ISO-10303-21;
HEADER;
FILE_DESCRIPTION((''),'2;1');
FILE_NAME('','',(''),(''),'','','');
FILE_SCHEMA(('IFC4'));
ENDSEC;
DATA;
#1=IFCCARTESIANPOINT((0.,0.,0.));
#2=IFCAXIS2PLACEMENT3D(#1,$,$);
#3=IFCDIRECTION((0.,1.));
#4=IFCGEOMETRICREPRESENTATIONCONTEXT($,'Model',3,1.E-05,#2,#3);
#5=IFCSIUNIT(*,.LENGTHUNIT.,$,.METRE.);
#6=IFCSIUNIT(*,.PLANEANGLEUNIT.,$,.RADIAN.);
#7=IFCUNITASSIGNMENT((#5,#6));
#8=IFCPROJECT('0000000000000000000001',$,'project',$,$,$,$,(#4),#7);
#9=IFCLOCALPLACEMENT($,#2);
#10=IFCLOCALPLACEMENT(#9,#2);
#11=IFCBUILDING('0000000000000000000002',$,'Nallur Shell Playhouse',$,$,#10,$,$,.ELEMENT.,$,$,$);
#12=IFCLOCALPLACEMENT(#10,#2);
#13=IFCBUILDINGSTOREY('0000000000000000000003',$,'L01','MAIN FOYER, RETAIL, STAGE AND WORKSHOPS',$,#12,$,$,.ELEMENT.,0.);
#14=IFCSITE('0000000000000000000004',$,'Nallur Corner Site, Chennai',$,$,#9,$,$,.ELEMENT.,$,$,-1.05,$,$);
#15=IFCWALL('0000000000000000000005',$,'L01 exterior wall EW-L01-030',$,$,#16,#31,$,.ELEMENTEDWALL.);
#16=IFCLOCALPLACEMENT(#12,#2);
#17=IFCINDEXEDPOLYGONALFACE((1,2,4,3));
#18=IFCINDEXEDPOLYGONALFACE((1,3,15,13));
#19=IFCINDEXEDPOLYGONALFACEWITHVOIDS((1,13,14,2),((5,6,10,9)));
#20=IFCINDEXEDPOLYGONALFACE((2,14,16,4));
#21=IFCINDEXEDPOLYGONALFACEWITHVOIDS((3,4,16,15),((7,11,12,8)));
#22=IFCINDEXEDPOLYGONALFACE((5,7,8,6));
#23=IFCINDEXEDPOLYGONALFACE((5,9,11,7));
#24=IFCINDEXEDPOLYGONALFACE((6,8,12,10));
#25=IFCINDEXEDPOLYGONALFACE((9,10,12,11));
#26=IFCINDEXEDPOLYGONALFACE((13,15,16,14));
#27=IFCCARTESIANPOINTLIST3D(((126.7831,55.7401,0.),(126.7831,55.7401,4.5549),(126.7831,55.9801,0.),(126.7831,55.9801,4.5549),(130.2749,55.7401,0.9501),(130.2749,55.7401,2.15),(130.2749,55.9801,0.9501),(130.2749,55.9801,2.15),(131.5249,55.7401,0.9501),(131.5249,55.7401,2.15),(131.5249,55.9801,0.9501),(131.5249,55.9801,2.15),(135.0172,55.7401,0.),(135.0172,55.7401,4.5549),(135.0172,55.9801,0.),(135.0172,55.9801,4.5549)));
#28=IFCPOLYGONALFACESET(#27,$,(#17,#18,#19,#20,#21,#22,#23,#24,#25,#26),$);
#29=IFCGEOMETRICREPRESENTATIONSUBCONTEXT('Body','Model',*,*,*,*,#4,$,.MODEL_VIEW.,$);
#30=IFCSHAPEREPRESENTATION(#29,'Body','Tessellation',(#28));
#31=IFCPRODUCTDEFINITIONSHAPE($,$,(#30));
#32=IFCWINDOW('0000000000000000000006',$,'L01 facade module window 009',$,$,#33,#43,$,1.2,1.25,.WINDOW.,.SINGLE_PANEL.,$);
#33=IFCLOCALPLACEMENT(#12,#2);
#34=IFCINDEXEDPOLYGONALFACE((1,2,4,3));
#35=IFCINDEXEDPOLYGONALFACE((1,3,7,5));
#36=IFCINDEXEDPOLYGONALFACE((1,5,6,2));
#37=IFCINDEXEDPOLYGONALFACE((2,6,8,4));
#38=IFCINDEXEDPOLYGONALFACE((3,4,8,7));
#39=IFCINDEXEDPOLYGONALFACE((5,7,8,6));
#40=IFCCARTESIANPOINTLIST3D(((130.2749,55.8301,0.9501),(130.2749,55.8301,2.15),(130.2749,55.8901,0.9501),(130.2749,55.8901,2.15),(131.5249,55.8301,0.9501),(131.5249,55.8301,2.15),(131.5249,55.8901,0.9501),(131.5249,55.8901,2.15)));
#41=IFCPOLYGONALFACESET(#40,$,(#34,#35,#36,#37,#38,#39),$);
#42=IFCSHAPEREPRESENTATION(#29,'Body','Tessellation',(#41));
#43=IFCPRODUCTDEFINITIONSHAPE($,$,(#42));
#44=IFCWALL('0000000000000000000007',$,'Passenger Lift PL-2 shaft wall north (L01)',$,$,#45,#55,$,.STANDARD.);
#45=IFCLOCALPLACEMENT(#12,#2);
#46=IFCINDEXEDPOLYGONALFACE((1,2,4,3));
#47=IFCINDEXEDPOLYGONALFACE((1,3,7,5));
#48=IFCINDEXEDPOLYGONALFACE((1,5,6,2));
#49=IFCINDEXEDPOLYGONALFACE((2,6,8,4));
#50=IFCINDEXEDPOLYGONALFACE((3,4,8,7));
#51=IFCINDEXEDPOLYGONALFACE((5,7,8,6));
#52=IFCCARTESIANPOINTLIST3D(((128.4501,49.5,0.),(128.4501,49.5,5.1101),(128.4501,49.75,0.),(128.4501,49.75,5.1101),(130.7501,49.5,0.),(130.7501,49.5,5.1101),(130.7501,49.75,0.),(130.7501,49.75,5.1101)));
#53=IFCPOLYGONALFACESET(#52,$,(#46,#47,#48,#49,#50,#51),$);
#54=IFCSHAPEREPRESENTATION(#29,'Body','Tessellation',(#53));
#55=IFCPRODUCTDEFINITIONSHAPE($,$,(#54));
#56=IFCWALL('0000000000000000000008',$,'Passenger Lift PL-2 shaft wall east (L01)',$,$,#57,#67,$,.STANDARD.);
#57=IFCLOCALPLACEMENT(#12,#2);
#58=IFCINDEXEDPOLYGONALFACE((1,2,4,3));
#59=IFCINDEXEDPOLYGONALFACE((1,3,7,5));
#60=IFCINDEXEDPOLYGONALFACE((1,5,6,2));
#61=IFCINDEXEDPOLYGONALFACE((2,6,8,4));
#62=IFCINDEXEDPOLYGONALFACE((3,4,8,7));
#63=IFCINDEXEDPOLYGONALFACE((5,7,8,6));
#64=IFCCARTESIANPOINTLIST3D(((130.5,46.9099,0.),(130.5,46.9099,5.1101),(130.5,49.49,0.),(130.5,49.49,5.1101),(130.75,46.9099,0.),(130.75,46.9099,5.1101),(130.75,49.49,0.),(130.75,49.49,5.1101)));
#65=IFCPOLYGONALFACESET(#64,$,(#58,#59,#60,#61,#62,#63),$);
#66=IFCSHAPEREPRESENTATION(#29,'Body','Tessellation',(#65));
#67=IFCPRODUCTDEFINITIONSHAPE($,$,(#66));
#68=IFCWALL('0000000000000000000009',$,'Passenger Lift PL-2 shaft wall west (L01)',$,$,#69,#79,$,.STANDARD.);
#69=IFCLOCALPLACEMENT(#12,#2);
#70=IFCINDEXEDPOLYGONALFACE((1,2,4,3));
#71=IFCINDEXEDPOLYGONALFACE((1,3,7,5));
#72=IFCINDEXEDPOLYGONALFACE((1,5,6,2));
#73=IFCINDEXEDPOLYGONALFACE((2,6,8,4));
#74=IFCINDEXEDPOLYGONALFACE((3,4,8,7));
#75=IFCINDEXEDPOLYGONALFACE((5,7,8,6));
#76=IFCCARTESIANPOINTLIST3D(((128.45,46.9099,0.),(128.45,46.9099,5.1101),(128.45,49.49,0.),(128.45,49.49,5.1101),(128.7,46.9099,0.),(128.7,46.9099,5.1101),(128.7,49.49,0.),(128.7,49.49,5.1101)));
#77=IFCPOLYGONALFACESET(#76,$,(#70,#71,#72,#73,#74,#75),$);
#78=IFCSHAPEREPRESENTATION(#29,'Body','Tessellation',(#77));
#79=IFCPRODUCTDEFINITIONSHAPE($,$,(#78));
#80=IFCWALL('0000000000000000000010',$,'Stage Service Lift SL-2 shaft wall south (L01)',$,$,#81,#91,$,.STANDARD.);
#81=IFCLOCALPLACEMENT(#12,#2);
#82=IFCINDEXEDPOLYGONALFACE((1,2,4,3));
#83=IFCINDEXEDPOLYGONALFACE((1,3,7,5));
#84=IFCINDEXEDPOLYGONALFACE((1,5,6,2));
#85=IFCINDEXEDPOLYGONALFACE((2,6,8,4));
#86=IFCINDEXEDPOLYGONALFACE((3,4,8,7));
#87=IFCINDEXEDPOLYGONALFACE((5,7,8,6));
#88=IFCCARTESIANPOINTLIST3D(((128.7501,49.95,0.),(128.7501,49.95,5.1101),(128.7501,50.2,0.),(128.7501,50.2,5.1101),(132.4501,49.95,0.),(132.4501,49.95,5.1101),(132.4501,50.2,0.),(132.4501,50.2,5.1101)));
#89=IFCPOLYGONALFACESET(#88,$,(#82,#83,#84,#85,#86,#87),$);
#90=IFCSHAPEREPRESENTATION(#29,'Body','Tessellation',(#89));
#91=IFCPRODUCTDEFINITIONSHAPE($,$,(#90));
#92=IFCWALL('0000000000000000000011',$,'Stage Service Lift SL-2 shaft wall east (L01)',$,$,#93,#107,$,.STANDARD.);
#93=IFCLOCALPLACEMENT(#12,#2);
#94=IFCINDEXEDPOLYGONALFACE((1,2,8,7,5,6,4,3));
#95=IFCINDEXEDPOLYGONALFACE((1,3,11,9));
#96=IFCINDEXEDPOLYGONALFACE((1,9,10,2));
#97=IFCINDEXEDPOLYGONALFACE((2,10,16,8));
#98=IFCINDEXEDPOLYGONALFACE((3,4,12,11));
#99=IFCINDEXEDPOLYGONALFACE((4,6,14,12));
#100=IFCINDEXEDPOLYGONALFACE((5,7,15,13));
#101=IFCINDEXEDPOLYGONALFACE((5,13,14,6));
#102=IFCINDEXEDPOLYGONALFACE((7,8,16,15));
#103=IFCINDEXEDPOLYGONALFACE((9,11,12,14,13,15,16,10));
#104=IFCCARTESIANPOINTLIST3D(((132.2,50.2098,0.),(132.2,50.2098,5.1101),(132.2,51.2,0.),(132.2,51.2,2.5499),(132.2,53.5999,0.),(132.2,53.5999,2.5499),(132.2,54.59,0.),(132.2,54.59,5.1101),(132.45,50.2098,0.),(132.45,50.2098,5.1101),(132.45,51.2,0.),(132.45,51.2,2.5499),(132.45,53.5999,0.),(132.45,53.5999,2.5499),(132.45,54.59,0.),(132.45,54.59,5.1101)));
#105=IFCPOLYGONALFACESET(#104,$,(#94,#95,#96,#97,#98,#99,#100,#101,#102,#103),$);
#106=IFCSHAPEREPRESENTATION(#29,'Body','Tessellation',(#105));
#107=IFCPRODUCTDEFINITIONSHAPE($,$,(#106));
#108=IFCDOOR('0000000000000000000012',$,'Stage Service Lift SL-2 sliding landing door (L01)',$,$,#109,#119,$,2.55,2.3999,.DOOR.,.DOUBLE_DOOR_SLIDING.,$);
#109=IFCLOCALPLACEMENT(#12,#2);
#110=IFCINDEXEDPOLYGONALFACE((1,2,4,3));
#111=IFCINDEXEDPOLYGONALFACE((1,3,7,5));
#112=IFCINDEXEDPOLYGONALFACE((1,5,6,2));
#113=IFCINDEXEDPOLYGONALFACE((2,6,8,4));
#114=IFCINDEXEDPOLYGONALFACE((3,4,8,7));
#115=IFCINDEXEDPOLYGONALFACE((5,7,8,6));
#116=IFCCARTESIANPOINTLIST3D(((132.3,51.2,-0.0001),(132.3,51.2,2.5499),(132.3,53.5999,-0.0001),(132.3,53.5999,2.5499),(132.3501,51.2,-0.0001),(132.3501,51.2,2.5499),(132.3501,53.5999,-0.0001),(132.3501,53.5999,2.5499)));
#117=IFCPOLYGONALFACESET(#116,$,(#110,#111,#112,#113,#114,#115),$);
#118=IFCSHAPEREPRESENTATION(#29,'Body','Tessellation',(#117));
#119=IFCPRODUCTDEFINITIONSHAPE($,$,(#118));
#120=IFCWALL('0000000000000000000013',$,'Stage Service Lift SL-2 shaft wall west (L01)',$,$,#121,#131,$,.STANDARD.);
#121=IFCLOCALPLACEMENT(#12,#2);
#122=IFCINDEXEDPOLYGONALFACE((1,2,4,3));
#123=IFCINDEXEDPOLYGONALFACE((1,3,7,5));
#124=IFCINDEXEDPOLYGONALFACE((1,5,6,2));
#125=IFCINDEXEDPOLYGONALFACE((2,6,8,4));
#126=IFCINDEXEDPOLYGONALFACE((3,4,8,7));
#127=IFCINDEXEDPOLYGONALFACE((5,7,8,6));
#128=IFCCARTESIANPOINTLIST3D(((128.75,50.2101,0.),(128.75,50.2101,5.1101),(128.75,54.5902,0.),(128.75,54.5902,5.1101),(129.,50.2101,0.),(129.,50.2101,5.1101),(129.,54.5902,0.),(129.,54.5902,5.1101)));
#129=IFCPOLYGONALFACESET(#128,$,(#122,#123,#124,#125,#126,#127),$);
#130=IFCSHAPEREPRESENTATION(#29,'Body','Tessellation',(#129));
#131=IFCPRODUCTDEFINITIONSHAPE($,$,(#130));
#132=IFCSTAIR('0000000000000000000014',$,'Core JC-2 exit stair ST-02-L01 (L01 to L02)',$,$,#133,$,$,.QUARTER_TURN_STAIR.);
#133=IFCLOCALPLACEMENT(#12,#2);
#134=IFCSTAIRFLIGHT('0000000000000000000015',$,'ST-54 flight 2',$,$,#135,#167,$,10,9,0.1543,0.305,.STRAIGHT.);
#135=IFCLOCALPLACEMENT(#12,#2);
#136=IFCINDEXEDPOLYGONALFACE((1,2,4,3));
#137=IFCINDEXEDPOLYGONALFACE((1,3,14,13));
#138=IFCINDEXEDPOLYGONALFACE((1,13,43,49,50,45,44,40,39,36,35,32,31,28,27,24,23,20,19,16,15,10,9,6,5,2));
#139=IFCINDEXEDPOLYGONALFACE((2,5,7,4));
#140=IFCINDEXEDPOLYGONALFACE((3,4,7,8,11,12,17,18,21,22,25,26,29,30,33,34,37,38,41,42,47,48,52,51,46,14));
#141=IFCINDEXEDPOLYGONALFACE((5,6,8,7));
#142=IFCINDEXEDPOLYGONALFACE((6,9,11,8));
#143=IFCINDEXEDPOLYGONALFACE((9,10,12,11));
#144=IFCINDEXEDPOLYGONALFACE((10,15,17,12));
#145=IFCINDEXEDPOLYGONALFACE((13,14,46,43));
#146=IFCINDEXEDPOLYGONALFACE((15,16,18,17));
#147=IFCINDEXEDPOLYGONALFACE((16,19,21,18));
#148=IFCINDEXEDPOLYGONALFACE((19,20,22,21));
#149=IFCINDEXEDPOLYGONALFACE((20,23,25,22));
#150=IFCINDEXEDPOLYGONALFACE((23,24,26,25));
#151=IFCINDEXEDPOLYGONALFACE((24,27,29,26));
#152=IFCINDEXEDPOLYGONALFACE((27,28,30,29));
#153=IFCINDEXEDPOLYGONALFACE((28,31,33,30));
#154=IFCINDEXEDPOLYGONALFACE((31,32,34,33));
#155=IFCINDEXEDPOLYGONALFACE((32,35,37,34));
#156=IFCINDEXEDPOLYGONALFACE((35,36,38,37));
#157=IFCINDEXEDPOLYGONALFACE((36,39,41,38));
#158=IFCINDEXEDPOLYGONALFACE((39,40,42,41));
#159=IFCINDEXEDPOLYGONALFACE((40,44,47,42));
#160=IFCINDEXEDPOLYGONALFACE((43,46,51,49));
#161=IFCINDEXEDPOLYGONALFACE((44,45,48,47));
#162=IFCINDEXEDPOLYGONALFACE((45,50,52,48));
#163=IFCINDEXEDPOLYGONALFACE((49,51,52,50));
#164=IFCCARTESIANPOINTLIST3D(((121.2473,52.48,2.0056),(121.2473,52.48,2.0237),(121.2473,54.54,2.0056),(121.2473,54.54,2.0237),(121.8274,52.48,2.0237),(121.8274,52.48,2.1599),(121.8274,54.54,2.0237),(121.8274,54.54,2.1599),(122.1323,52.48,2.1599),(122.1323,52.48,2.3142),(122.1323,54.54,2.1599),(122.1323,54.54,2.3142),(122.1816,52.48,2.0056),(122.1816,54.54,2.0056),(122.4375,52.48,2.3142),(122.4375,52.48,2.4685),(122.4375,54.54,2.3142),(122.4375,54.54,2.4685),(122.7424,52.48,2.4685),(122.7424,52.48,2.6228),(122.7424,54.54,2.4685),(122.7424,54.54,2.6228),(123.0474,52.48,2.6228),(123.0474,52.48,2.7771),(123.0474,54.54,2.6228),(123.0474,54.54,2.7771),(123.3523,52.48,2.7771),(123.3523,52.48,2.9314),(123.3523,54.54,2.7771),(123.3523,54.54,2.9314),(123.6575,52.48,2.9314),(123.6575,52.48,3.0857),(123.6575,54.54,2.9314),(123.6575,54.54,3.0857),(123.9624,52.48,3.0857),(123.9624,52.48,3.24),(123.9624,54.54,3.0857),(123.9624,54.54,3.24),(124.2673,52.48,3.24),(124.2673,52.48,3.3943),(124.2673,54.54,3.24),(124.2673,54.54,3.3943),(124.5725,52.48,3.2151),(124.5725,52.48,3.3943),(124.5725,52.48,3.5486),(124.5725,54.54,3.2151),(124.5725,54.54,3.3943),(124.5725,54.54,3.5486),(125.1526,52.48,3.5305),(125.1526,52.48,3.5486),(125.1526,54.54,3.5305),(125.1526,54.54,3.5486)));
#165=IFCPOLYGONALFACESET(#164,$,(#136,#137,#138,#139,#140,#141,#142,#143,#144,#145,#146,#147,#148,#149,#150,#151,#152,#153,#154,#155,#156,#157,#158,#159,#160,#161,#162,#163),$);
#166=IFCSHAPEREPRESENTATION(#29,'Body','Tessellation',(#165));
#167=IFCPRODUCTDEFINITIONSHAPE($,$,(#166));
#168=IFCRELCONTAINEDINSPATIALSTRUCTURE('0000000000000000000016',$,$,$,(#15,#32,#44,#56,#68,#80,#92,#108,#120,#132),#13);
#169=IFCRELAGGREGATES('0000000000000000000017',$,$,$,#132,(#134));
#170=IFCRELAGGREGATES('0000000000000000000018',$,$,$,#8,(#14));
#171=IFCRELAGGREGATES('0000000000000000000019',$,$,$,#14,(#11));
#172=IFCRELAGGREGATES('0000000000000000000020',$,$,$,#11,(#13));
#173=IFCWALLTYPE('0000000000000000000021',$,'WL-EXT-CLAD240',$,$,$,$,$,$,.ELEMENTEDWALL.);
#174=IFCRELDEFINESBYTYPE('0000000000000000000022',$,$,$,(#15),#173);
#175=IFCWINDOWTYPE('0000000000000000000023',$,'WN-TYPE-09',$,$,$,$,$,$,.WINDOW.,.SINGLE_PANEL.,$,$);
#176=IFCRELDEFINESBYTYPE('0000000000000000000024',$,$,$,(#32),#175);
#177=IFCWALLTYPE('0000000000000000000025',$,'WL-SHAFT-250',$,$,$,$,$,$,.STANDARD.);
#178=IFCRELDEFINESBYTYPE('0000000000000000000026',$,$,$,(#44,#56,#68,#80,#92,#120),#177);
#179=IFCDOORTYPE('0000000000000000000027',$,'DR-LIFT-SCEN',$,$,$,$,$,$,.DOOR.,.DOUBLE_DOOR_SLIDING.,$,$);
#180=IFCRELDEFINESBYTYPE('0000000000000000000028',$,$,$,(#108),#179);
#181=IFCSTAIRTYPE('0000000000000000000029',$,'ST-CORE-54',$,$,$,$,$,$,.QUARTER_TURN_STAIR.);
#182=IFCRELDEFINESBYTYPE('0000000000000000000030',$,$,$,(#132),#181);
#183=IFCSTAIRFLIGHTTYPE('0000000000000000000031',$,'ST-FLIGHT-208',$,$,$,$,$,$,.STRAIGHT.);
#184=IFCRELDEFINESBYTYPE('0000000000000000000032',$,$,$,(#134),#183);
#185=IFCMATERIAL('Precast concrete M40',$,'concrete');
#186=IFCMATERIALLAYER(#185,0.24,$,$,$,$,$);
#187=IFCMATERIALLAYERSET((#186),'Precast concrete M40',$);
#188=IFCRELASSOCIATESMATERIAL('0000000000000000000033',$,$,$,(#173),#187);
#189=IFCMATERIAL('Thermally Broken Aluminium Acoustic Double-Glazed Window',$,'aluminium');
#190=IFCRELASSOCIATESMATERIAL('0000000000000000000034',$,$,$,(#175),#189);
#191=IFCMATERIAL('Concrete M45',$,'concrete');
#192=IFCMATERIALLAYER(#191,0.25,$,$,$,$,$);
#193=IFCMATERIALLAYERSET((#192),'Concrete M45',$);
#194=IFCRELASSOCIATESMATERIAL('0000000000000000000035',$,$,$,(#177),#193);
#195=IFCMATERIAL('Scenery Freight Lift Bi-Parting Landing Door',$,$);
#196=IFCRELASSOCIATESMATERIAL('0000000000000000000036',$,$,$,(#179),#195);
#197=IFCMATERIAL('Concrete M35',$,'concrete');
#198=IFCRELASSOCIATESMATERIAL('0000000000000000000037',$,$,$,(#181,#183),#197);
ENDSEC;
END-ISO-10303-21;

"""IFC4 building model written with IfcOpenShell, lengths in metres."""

from ifc_helpers import new_model, si_unit, direction, frame, frame_2d, origin, place, context, subcontext, project, spatial, polyline, rectangle, outline, extrude, material, layer, layer_set, type_object, element, fill, aggregate, save


model = new_model("IFC4")

# Units and contexts
model_context = context("Model", 3, precision=1e-05, world=origin(), true_north=direction((0.0, 1.0)))
body_context = subcontext(model_context, "Body", "Model", "MODEL_VIEW")
ifc_project = project(units=[si_unit("LENGTHUNIT", "METRE"), si_unit("PLANEANGLEUNIT", "RADIAN")], contexts=[model_context])

# Site, building, storey
site_placement = place(None, origin())
site = spatial("IfcSite", under=ifc_project, at=site_placement, Name="Nallur Corner Site, Chennai", CompositionType="ELEMENT", RefElevation=-1.05)
building_placement = place(site_placement, origin())
building = spatial("IfcBuilding", under=site, at=building_placement, Name="Nallur Shell Playhouse", CompositionType="ELEMENT")
storey_placement = place(building_placement, origin())
storey = spatial("IfcBuildingStorey", under=building, at=storey_placement, Name="L01", Description="MAIN FOYER, RETAIL, STAGE AND WORKSHOPS", CompositionType="ELEMENT", Elevation=0.0)

# Shared definitions
ifc_material_1 = material(Name="Concrete M35", Category="concrete")

# Shared definitions
ifc_material_2 = material(Name="Concrete M45", Category="concrete")

# Wall, opening, window
ifc_material_3 = material(Name="Precast concrete M40", Category="concrete")
ifc_layer_1 = layer(ifc_material_3, 0.24)
ifc_layer_set_1 = layer_set([ifc_layer_1], Name="Precast concrete M40")
wall_type_1 = type_object("IfcWallType", Name="WL-EXT-CLAD240", PredefinedType="ELEMENTEDWALL", material=ifc_layer_set_1)
wall_1_placement = place(storey_placement, frame((126.783, 55.8601, 0.0), z_axis=(0.0, 0.0, 1.0), x_axis=(1.0, 0.0, 0.0)))
wall_1 = element("IfcWall", 1, at=wall_1_placement, inside=storey, type_object=wall_type_1, Name="L01 exterior wall EW-L01-030", PredefinedType="ELEMENTEDWALL", context=body_context, shape_type="SweptSolid", body=[
    extrude(rectangle(XDim=8.2341, YDim=0.24, at=frame_2d((4.1172, 0.0))), origin(), (0.0, 0.0, 1.0), 4.5549),
])
opening_1_placement = place(wall_1_placement, frame((3.4919, 0.0, 0.95)))
opening_1 = element("IfcOpeningElement", 2, at=opening_1_placement, cuts=wall_1, PredefinedType="OPENING", context=body_context, shape_type="SweptSolid", body=[
    extrude(rectangle(XDim=1.25, YDim=1.2, at=frame_2d((0.625, 0.6001))), frame((0.0, 0.1299, 0.0), z_axis=(0.0, -1.0, 0.0), x_axis=(1.0, 0.0, 0.0)), (0.0, 0.0, 1.0), 0.26),
])
ifc_material_4 = material(Name="Thermally Broken Aluminium Acoustic Double-Glazed Window", Category="aluminium")
window_type = type_object("IfcWindowType", Name="WN-TYPE-09", PartitioningType="SINGLE_PANEL", PredefinedType="WINDOW", material=ifc_material_4)
window_placement = place(opening_1_placement, origin())
window = element("IfcWindow", 3, at=window_placement, inside=storey, type_object=window_type, Name="L01 facade module window 009", OverallHeight=1.2, OverallWidth=1.25, PartitioningType="SINGLE_PANEL", PredefinedType="WINDOW", context=body_context, shape_type="SweptSolid", body=[
    extrude(rectangle(XDim=1.25, YDim=1.2, at=frame_2d((0.625, 0.6001))), frame((0.0, 0.03, 0.0), z_axis=(0.0, -1.0, 0.0), x_axis=(1.0, 0.0, 0.0)), (0.0, 0.0, 1.0), 0.0601),
])
fill(opening_1, window)

# Shared definitions
ifc_layer_2 = layer(ifc_material_2, 0.25)
ifc_layer_set_2 = layer_set([ifc_layer_2], Name="Concrete M45")
wall_type_2 = type_object("IfcWallType", Name="WL-SHAFT-250", PredefinedType="STANDARD", material=ifc_layer_set_2)

# Walls
wall_2_placement = place(storey_placement, frame((130.75, 49.625, 0.0), z_axis=(0.0, 0.0, 1.0), x_axis=(-1.0, 0.0, 0.0)))
element("IfcWall", 4, at=wall_2_placement, inside=storey, type_object=wall_type_2, Name="Passenger Lift PL-2 shaft wall north (L01)", PredefinedType="STANDARD", context=body_context, shape_type="SweptSolid", body=[
    extrude(rectangle(XDim=2.3, YDim=0.25, at=frame_2d((1.1499, 0.0))), origin(), (0.0, 0.0, 1.0), 5.1101),
])
for number, where, z_axis, x_axis, name in (
    (5, (130.625, 46.9099, 0.0), (0.0, 0.0, 1.0), (0.0, 1.0, 0.0), "Passenger Lift PL-2 shaft wall east (L01)"),
    (6, (128.575, 49.49, 0.0), (0.0, 0.0, 1.0), (0.0, -1.0, 0.0), "Passenger Lift PL-2 shaft wall west (L01)"),
):
    element("IfcWall", number, at=place(storey_placement, frame(where, z_axis=z_axis, x_axis=x_axis)), inside=storey, type_object=wall_type_2, Name=name, PredefinedType="STANDARD", context=body_context, shape_type="SweptSolid", body=[
        extrude(rectangle(XDim=2.5801, YDim=0.25, at=frame_2d((1.29, 0.0))), origin(), (0.0, 0.0, 1.0), 5.1101),
    ])
wall_3_placement = place(storey_placement, frame((128.75, 50.075, 0.0), z_axis=(0.0, 0.0, 1.0), x_axis=(1.0, 0.0, 0.0)))
element("IfcWall", 7, at=wall_3_placement, inside=storey, type_object=wall_type_2, Name="Stage Service Lift SL-2 shaft wall south (L01)", PredefinedType="STANDARD", context=body_context, shape_type="SweptSolid", body=[
    extrude(rectangle(XDim=3.7, YDim=0.25, at=frame_2d((1.8501, 0.0))), origin(), (0.0, 0.0, 1.0), 5.1101),
])

# Wall, opening, door
wall_4_placement = place(storey_placement, frame((132.325, 50.21, 0.0), z_axis=(0.0, 0.0, 1.0), x_axis=(0.0, 1.0, 0.0)))
wall_4 = element("IfcWall", 8, at=wall_4_placement, inside=storey, type_object=wall_type_2, Name="Stage Service Lift SL-2 shaft wall east (L01)", PredefinedType="STANDARD", context=body_context, shape_type="SweptSolid", body=[
    extrude(rectangle(XDim=4.3801, YDim=0.25, at=frame_2d((2.1899, 0.0))), origin(), (0.0, 0.0, 1.0), 5.1101),
])
opening_2_placement = place(wall_4_placement, frame((0.99, 0.0, 0.0)))
opening_2 = element("IfcOpeningElement", 9, at=opening_2_placement, cuts=wall_4, PredefinedType="OPENING", context=body_context, shape_type="SweptSolid", body=[
    extrude(rectangle(XDim=2.3999, YDim=2.55, at=frame_2d((1.2, 1.2749))), frame((0.0, 0.135, 0.0), z_axis=(0.0, -1.0, 0.0), x_axis=(1.0, 0.0, 0.0)), (0.0, 0.0, 1.0), 0.27),
])
ifc_material_5 = material(Name="Scenery Freight Lift Bi-Parting Landing Door")
door_type_1 = type_object("IfcDoorType", Name="DR-LIFT-SCEN", OperationType="DOUBLE_DOOR_SLIDING", PredefinedType="DOOR", material=ifc_material_5)
door_1_placement = place(opening_2_placement, origin())
door_1 = element("IfcDoor", 10, at=door_1_placement, inside=storey, type_object=door_type_1, Name="Stage Service Lift SL-2 sliding landing door (L01)", OperationType="DOUBLE_DOOR_SLIDING", OverallHeight=2.55, OverallWidth=2.3999, PredefinedType="DOOR", context=body_context, shape_type="SweptSolid", body=[
    extrude(rectangle(XDim=2.3999, YDim=2.55, at=frame_2d((1.2, 1.2749))), frame((0.0, 0.0249, 0.0), z_axis=(0.0, -1.0, 0.0), x_axis=(1.0, 0.0, 0.0)), (0.0, 0.0, 1.0), 0.05),
])
fill(opening_2, door_1)

# Wall
wall_5_placement = place(storey_placement, frame((128.875, 54.5901, 0.0), z_axis=(0.0, 0.0, 1.0), x_axis=(0.0, -1.0, 0.0)))
element("IfcWall", 11, at=wall_5_placement, inside=storey, type_object=wall_type_2, Name="Stage Service Lift SL-2 shaft wall west (L01)", PredefinedType="STANDARD", context=body_context, shape_type="SweptSolid", body=[
    extrude(rectangle(XDim=4.3801, YDim=0.25, at=frame_2d((2.1899, 0.0))), origin(), (0.0, 0.0, 1.0), 5.1101),
])

# Stair, stair flight
stair_type = type_object("IfcStairType", Name="ST-CORE-54", PredefinedType="QUARTER_TURN_STAIR", material=ifc_material_1)
stair_placement = place(storey_placement, origin())
stair = element("IfcStair", 12, at=stair_placement, inside=storey, type_object=stair_type, Name="Core JC-2 exit stair ST-02-L01 (L01 to L02)", PredefinedType="QUARTER_TURN_STAIR")
stair_flight_type = type_object("IfcStairFlightType", Name="ST-FLIGHT-208", PredefinedType="STRAIGHT", material=ifc_material_1)
stair_flight_1_placement = place(storey_placement, frame((121.8274, 53.51, 2.0056), z_axis=(0.0, 0.0, 1.0), x_axis=(1.0, 0.0, 0.0)))
stair_flight_1 = element("IfcStairFlight", 13, at=stair_flight_1_placement, type_object=stair_flight_type, Name="ST-54 flight 2", NumberOfRisers=10, NumberOfTreads=9, PredefinedType="STRAIGHT", RiserHeight=0.1543, TreadLength=0.305, context=body_context, shape_type="SweptSolid", body=[
    extrude(outline(polyline([(-0.5801, 0.0), (-0.5801, 0.0181), (0.0, 0.0181), (0.0, 0.1543), (0.3049, 0.1543), (0.3049, 0.3086), (0.6101, 0.3086), (0.6101, 0.4629), (0.915, 0.4629), (0.915, 0.6172), (1.22, 0.6172), (1.22, 0.7715), (1.5249, 0.7715), (1.5249, 0.9258), (1.8301, 0.9258), (1.8301, 1.0801), (2.135, 1.0801), (2.135, 1.2344), (2.4399, 1.2344), (2.4399, 1.3887), (2.7451, 1.3887), (2.7451, 1.543), (3.3252, 1.543), (3.3252, 1.5249), (2.7451, 1.2095), (0.3542, 0.0), (-0.5801, 0.0)])), frame((0.0, 1.03, 0.0), z_axis=(0.0, -1.0, 0.0), x_axis=(1.0, 0.0, 0.0)), (0.0, 0.0, 1.0), 2.0601),
])
aggregate(stair, [stair_flight_1])

save(model, "model.ifc")
